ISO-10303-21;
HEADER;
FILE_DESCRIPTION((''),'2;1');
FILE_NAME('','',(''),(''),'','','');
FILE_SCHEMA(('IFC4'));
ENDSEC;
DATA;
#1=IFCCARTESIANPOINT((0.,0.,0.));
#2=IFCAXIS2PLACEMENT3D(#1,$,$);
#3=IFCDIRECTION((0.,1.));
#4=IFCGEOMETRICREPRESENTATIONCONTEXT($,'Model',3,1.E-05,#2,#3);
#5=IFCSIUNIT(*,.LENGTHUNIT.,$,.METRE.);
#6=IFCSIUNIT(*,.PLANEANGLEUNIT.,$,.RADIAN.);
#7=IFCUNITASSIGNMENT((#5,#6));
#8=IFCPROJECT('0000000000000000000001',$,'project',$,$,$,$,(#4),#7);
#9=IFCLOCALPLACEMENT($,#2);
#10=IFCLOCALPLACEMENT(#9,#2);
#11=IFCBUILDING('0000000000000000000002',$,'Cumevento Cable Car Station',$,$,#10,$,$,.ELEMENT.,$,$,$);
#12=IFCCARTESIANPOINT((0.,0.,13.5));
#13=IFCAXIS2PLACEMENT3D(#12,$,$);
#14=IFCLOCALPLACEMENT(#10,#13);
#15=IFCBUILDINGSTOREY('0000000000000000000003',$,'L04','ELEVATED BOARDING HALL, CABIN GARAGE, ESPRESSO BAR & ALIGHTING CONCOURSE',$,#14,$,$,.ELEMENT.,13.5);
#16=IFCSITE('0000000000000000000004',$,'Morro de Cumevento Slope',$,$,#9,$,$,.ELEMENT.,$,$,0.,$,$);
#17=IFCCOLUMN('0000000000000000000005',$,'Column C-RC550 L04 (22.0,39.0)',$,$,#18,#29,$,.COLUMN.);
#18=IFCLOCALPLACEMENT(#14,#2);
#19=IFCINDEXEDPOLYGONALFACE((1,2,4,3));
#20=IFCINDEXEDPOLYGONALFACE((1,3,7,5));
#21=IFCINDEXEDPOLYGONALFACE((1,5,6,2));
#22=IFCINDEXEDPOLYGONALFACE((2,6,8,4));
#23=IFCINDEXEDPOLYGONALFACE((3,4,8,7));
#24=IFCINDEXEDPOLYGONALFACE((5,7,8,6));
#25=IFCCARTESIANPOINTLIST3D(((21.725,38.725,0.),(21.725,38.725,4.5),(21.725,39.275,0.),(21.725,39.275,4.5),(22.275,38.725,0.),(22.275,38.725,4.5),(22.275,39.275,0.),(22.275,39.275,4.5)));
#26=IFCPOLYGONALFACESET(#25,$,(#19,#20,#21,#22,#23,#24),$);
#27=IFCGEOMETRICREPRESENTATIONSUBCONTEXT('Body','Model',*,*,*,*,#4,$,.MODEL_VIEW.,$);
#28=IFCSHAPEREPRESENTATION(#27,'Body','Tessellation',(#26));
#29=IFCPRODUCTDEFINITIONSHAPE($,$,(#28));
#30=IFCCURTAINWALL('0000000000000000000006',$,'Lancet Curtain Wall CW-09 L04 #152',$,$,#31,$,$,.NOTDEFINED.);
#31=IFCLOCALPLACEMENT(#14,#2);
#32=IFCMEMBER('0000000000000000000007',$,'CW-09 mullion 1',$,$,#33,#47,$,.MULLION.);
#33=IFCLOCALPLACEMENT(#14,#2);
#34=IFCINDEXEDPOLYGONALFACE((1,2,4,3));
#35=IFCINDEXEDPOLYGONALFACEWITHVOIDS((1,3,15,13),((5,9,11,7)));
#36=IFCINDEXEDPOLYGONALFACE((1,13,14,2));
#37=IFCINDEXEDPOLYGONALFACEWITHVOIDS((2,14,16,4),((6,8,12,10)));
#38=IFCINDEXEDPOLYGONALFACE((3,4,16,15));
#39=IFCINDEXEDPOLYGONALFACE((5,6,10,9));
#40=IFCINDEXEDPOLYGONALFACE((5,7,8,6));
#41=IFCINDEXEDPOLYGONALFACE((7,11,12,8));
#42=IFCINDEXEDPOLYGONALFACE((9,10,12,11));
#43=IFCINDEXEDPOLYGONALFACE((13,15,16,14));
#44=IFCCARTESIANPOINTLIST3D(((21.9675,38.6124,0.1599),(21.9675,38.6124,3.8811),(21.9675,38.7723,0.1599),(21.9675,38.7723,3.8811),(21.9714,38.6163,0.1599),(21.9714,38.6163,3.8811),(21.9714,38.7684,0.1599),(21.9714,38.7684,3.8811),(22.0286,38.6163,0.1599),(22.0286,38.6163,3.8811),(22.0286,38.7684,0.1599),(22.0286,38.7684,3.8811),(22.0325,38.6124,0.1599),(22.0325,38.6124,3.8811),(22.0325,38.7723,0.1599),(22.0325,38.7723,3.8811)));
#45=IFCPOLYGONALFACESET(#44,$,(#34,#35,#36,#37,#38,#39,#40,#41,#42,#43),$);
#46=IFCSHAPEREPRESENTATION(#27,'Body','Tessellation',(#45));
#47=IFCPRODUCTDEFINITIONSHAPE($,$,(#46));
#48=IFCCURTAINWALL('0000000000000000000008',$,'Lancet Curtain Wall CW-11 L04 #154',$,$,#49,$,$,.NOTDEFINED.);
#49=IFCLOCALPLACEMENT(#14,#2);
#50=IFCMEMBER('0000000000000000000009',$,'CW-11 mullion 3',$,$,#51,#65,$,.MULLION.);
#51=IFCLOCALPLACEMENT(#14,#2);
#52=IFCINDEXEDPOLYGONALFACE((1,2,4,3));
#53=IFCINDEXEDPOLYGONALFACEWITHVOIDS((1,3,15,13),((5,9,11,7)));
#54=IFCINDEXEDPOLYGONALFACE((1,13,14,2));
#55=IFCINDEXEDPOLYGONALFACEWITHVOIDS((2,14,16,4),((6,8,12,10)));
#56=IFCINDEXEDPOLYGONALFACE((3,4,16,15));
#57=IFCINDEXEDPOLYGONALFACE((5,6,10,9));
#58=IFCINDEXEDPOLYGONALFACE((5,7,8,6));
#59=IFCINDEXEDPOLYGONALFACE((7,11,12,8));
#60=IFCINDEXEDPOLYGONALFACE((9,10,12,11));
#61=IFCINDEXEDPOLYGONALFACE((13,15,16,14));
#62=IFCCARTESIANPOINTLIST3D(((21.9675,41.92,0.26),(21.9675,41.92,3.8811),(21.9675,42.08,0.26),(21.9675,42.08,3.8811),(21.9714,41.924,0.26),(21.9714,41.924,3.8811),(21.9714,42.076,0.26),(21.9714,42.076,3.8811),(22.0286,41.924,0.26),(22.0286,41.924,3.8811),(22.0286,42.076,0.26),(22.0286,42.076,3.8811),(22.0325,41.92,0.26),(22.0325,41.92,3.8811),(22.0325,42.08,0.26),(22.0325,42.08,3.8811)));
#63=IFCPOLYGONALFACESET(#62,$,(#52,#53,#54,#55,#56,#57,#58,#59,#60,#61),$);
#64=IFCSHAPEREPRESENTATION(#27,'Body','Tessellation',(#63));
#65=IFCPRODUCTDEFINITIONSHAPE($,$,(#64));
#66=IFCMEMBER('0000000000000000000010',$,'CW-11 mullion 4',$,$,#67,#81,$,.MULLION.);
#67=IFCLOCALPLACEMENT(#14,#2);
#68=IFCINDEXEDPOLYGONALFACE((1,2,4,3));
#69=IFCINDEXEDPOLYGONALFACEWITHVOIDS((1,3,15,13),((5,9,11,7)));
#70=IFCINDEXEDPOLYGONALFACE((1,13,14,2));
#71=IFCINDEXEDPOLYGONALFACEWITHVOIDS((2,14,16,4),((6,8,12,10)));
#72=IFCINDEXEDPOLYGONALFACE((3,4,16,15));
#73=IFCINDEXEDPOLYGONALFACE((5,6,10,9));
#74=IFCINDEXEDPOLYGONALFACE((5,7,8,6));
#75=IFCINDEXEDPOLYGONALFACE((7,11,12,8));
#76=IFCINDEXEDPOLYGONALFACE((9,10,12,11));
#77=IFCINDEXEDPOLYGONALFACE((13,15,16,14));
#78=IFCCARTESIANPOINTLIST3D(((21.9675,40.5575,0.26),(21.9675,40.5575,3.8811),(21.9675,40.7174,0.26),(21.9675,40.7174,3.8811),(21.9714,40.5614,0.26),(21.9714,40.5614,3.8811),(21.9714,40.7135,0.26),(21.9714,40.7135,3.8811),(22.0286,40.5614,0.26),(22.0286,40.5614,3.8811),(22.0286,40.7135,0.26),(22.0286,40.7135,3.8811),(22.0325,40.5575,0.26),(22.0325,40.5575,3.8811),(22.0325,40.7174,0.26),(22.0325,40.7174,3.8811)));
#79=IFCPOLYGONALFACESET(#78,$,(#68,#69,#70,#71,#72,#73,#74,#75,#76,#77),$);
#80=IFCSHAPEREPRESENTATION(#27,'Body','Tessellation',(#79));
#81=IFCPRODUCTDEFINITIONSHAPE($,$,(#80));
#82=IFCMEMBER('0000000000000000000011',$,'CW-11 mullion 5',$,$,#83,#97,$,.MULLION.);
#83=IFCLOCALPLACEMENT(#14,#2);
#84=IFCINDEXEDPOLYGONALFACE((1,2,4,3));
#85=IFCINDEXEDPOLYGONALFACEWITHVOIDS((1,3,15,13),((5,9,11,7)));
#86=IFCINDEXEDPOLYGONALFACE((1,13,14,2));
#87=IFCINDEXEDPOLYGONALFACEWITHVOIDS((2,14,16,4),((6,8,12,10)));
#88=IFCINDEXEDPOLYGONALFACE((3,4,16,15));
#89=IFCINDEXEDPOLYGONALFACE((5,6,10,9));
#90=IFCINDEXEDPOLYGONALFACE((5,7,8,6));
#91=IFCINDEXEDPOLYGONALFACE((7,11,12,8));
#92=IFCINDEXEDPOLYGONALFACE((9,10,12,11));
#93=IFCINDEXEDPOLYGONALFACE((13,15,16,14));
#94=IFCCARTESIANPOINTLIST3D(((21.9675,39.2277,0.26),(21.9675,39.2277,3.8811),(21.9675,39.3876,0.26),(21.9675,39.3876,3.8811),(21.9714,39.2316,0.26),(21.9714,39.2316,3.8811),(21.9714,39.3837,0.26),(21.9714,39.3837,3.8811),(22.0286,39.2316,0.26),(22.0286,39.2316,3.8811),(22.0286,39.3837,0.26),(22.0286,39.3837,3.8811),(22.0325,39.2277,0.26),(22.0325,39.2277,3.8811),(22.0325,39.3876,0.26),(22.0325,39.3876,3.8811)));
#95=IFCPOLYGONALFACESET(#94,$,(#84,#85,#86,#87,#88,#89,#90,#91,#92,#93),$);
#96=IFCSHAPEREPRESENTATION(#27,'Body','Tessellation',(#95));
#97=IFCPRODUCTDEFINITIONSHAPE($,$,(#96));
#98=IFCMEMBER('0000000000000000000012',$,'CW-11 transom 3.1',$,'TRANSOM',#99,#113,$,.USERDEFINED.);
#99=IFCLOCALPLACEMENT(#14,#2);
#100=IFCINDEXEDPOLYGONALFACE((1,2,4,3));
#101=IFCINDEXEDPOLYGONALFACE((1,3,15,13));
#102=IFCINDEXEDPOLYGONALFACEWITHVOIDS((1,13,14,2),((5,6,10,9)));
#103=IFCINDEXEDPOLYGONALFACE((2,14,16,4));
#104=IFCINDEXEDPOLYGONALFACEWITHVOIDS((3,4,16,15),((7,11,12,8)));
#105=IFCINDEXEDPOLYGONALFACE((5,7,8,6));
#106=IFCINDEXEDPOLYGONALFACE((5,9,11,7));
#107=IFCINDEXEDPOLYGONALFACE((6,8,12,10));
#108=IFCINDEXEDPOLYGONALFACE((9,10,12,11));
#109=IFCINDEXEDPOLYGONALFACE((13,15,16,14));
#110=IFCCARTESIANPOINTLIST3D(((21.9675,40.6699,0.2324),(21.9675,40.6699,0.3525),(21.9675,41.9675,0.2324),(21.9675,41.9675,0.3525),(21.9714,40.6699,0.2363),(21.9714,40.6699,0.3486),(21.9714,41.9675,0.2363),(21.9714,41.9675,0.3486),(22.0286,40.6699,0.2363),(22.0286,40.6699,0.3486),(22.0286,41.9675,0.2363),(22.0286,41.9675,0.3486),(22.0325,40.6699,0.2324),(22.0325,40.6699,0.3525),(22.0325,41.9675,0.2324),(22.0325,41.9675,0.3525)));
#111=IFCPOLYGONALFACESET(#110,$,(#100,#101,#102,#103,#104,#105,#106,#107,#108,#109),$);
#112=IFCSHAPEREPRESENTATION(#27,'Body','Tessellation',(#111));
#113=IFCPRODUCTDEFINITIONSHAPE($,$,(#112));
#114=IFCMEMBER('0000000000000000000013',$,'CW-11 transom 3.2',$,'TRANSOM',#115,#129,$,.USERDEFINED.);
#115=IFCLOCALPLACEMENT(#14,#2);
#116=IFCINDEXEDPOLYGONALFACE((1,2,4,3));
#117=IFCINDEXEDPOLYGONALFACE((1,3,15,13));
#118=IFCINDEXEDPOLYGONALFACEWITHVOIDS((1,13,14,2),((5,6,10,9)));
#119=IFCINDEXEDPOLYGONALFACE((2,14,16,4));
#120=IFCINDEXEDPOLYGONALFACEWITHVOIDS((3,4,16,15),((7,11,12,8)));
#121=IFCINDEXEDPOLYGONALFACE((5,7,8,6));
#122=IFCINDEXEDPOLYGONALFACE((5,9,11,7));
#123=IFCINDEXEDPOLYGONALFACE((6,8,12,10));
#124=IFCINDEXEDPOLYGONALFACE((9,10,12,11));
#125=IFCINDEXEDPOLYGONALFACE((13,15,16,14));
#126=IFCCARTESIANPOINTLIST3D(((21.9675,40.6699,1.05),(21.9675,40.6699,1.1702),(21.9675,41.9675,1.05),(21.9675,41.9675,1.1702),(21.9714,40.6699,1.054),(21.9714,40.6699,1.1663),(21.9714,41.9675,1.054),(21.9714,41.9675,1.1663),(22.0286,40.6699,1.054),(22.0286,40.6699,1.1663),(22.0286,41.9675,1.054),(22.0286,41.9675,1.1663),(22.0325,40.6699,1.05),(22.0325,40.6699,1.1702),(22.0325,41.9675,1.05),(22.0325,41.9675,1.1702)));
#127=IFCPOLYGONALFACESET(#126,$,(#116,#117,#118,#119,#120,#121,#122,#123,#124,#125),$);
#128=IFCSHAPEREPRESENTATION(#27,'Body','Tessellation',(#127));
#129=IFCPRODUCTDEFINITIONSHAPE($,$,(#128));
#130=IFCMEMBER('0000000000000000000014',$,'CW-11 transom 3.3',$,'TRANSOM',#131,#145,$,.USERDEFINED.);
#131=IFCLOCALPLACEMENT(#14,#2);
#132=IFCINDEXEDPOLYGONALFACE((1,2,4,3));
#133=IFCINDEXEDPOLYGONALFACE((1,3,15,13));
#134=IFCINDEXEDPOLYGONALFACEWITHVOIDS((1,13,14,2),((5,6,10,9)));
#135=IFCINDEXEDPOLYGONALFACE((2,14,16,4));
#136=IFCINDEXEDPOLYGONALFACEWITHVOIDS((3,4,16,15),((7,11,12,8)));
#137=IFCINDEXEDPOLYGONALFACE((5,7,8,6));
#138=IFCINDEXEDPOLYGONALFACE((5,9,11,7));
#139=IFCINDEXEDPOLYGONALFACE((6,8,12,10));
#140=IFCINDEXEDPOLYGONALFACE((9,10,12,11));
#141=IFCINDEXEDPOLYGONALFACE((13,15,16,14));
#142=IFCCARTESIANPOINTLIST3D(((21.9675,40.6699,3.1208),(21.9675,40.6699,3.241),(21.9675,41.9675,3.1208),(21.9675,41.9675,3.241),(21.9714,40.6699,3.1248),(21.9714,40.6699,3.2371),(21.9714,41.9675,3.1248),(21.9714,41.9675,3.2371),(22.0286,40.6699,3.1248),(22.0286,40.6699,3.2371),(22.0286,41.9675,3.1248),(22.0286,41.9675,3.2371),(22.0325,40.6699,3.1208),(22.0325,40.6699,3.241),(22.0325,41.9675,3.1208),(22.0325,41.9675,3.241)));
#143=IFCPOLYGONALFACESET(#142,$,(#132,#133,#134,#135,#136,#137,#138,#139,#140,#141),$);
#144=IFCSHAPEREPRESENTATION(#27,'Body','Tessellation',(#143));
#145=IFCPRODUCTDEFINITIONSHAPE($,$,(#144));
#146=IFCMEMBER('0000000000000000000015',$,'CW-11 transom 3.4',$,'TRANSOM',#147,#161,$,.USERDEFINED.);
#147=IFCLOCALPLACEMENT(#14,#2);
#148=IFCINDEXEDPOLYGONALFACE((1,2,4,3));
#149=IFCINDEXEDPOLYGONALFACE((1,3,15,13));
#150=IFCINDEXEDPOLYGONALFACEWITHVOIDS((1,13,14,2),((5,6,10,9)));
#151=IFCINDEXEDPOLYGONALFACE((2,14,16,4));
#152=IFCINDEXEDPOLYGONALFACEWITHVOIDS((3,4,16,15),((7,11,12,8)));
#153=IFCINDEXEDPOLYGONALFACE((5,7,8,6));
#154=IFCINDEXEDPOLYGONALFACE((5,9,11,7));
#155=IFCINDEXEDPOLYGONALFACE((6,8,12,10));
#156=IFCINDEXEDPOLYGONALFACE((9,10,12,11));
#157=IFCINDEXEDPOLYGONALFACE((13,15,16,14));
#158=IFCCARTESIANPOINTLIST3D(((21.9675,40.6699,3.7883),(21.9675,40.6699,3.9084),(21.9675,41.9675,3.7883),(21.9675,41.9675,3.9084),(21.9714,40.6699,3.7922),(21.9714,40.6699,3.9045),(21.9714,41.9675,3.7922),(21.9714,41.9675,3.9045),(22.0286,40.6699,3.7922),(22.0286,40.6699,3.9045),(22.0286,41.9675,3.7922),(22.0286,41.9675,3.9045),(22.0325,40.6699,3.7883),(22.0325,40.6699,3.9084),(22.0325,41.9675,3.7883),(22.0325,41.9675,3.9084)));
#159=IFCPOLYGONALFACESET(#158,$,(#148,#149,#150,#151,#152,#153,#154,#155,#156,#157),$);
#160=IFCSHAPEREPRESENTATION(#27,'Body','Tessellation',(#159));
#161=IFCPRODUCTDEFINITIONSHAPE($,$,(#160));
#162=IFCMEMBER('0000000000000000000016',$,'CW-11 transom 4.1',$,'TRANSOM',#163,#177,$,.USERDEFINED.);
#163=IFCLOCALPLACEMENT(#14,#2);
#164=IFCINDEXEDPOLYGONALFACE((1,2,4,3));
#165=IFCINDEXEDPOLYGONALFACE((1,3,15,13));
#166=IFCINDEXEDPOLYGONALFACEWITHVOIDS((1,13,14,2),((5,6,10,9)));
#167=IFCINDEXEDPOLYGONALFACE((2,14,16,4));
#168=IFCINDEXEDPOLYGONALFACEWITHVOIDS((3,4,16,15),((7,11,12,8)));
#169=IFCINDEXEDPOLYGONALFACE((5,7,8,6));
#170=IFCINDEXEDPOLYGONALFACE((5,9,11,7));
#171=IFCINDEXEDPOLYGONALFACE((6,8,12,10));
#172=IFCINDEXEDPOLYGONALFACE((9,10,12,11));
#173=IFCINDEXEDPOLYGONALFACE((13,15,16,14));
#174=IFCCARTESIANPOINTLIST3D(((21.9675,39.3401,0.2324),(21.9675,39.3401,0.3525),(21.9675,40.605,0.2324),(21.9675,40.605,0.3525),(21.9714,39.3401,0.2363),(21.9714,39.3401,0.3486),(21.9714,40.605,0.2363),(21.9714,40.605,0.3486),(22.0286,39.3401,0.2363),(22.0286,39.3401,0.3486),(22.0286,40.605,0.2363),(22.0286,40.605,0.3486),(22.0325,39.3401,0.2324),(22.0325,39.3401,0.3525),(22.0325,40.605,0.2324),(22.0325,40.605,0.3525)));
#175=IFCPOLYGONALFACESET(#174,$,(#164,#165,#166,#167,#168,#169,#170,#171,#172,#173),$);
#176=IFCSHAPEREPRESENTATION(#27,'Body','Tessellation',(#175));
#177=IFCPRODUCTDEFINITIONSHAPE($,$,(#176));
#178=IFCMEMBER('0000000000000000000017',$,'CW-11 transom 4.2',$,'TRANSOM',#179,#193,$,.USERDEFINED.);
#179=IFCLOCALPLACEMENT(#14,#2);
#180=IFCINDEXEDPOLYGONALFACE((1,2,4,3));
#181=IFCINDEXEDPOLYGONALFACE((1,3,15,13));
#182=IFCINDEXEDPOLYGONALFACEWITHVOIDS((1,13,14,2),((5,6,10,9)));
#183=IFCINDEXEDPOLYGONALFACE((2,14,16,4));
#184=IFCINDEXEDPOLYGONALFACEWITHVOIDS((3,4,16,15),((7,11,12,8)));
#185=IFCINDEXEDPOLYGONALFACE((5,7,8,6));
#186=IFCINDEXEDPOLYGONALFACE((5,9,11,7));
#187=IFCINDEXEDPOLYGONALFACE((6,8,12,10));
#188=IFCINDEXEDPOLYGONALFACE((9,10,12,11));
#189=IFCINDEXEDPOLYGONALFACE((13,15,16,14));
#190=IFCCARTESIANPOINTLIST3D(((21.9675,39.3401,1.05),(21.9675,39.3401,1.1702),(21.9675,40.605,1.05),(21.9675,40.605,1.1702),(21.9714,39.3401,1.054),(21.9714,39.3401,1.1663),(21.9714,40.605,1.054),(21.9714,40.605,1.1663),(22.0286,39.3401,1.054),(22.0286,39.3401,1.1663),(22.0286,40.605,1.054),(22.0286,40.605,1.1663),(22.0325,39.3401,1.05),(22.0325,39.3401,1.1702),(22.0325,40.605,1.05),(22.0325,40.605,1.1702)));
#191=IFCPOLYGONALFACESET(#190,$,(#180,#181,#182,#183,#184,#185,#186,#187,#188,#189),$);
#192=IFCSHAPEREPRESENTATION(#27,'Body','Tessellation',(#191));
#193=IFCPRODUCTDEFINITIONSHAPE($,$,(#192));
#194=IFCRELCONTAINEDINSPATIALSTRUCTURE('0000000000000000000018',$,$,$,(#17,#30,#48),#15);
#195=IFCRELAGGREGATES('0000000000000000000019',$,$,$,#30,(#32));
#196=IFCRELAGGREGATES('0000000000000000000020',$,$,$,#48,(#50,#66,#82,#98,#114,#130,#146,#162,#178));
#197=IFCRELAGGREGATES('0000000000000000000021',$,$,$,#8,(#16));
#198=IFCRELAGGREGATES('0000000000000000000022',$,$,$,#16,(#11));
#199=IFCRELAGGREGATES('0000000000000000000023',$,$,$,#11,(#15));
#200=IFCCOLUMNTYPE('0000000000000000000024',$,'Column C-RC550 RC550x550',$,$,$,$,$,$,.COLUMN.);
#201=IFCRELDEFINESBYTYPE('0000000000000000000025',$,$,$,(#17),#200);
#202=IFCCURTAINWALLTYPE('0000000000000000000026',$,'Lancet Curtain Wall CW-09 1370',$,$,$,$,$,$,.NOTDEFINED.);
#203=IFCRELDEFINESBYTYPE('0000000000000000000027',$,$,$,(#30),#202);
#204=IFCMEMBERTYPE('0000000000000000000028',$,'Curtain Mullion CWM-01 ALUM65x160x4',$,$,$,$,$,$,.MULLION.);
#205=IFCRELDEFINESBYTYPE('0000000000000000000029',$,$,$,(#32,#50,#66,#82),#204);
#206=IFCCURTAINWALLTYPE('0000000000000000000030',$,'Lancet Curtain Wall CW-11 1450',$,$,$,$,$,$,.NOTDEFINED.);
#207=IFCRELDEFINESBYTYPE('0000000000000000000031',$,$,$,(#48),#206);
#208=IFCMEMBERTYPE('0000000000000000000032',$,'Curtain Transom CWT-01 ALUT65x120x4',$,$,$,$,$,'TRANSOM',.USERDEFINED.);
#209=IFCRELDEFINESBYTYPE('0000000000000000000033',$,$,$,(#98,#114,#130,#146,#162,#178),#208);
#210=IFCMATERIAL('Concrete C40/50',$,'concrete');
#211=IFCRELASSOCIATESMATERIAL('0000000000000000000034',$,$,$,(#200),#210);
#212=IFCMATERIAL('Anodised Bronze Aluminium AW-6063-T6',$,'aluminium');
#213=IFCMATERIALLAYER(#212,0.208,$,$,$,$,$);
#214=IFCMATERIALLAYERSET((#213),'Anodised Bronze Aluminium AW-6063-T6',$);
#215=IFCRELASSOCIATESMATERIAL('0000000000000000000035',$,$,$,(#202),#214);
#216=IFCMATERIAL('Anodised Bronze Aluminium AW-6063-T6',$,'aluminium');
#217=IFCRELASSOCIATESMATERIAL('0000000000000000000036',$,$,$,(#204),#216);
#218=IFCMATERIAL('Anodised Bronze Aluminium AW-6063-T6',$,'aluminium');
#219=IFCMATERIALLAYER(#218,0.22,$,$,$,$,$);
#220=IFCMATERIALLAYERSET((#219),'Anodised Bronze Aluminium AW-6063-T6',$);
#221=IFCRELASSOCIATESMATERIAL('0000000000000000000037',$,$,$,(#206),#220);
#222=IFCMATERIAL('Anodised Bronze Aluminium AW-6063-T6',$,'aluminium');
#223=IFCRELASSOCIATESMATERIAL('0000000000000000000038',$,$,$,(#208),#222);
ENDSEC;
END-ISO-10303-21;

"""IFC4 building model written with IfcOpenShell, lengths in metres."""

from ifc_helpers import new_model, si_unit, direction, frame, origin, origin_2d, place, context, subcontext, project, spatial, rectangle, hollow_rectangle, extrude, material, layer, layer_set, material_profile, profile_set, type_object, element, aggregate, save


model = new_model("IFC4")

# Units and contexts
model_context = context("Model", 3, precision=1e-05, world=origin(), true_north=direction((0.0, 1.0)))
body_context = subcontext(model_context, "Body", "Model", "MODEL_VIEW")
ifc_project = project(units=[si_unit("LENGTHUNIT", "METRE"), si_unit("PLANEANGLEUNIT", "RADIAN")], contexts=[model_context])

# Site, building, storey
site_placement = place(None, origin())
site = spatial("IfcSite", under=ifc_project, at=site_placement, Name="Morro de Cumevento Slope", CompositionType="ELEMENT", RefElevation=0.0)
building_placement = place(site_placement, origin())
building = spatial("IfcBuilding", under=site, at=building_placement, Name="Cumevento Cable Car Station", CompositionType="ELEMENT")
storey_placement = place(building_placement, frame((0.0, 0.0, 13.5)))
storey = spatial("IfcBuildingStorey", under=building, at=storey_placement, Name="L04", Description="ELEVATED BOARDING HALL, CABIN GARAGE, ESPRESSO BAR & ALIGHTING CONCOURSE", CompositionType="ELEMENT", Elevation=13.5)

# Column
ifc_material_1 = material(Name="Concrete C40/50", Category="concrete")
ifc_material_profile_1 = material_profile(ifc_material_1, rectangle(XDim=0.55, YDim=0.55, at=origin_2d()), Name="RC550x550")
ifc_profile_set_1 = profile_set([ifc_material_profile_1], Name="Concrete C40/50")
column_type = type_object("IfcColumnType", Name="Column C-RC550 RC550x550", PredefinedType="COLUMN", material=ifc_profile_set_1)
column_placement = place(storey_placement, frame((22.0, 39.0, 0.0), z_axis=(0.0, 0.0, 1.0), x_axis=(1.0, 0.0, 0.0)))
element("IfcColumn", 1, at=column_placement, inside=storey, type_object=column_type, Name="Column C-RC550 L04 (22.0,39.0)", PredefinedType="COLUMN", context=body_context, shape_type="SweptSolid", body=[
    extrude(rectangle(XDim=0.55, YDim=0.55, at=origin_2d()), origin(), (0.0, 0.0, 1.0), 4.5),
])

# Curtain wall, member
ifc_material_2 = material(Name="Anodised Bronze Aluminium AW-6063-T6", Category="aluminium")
ifc_layer_1 = layer(ifc_material_2, 0.208)
ifc_layer_set_1 = layer_set([ifc_layer_1], Name="Anodised Bronze Aluminium AW-6063-T6")
curtain_wall_type_1 = type_object("IfcCurtainWallType", Name="Lancet Curtain Wall CW-09 1370", PredefinedType="NOTDEFINED", material=ifc_layer_set_1)
curtain_wall_1_placement = place(storey_placement, origin())
curtain_wall_1 = element("IfcCurtainWall", 2, at=curtain_wall_1_placement, inside=storey, type_object=curtain_wall_type_1, Name="Lancet Curtain Wall CW-09 L04 #152", PredefinedType="NOTDEFINED")
ifc_material_3 = material(Name="Anodised Bronze Aluminium AW-6063-T6", Category="aluminium")
ifc_material_profile_2 = material_profile(ifc_material_3, hollow_rectangle(XDim=0.0649, YDim=0.1599, WallThickness=0.0039, at=origin_2d()), Name="ALUM65x160x4")
ifc_profile_set_2 = profile_set([ifc_material_profile_2], Name="Anodised Bronze Aluminium AW-6063-T6")
member_type_1 = type_object("IfcMemberType", Name="Curtain Mullion CWM-01 ALUM65x160x4", PredefinedType="MULLION", material=ifc_profile_set_2)
member_1_placement = place(storey_placement, frame((22.0, 38.6924, 0.1599), z_axis=(0.0, 0.0, 1.0), x_axis=(1.0, 0.0, 0.0)))
member_1 = element("IfcMember", 3, at=member_1_placement, type_object=member_type_1, Name="CW-09 mullion 1", PredefinedType="MULLION", context=body_context, shape_type="SweptSolid", body=[
    extrude(hollow_rectangle(XDim=0.0649, YDim=0.1599, WallThickness=0.0039, at=origin_2d()), origin(), (0.0, 0.0, 1.0), 3.7212),
])
aggregate(curtain_wall_1, [member_1])

# Curtain wall, members
ifc_material_4 = material(Name="Anodised Bronze Aluminium AW-6063-T6", Category="aluminium")
ifc_layer_2 = layer(ifc_material_4, 0.22)
ifc_layer_set_2 = layer_set([ifc_layer_2], Name="Anodised Bronze Aluminium AW-6063-T6")
curtain_wall_type_2 = type_object("IfcCurtainWallType", Name="Lancet Curtain Wall CW-11 1450", PredefinedType="NOTDEFINED", material=ifc_layer_set_2)
curtain_wall_2_placement = place(storey_placement, origin())
curtain_wall_2 = element("IfcCurtainWall", 4, at=curtain_wall_2_placement, inside=storey, type_object=curtain_wall_type_2, Name="Lancet Curtain Wall CW-11 L04 #154", PredefinedType="NOTDEFINED")
member_2_placement = place(storey_placement, frame((22.0, 42.0, 0.26), z_axis=(0.0, 0.0, 1.0), x_axis=(1.0, 0.0, 0.0)))
member_2 = element("IfcMember", 5, at=member_2_placement, type_object=member_type_1, Name="CW-11 mullion 3", PredefinedType="MULLION", context=body_context, shape_type="SweptSolid", body=[
    extrude(hollow_rectangle(XDim=0.0649, YDim=0.1599, WallThickness=0.0039, at=origin_2d()), origin(), (0.0, 0.0, 1.0), 3.6211),
])
member_3_placement = place(storey_placement, frame((22.0, 40.6375, 0.26), z_axis=(0.0, 0.0, 1.0), x_axis=(1.0, 0.0, 0.0)))
member_3 = element("IfcMember", 6, at=member_3_placement, type_object=member_type_1, Name="CW-11 mullion 4", PredefinedType="MULLION", context=body_context, shape_type="SweptSolid", body=[
    extrude(hollow_rectangle(XDim=0.0649, YDim=0.1599, WallThickness=0.0039, at=origin_2d()), origin(), (0.0, 0.0, 1.0), 3.6211),
])
member_4_placement = place(storey_placement, frame((22.0, 39.3076, 0.26), z_axis=(0.0, 0.0, 1.0), x_axis=(1.0, 0.0, 0.0)))
member_4 = element("IfcMember", 7, at=member_4_placement, type_object=member_type_1, Name="CW-11 mullion 5", PredefinedType="MULLION", context=body_context, shape_type="SweptSolid", body=[
    extrude(hollow_rectangle(XDim=0.0649, YDim=0.1599, WallThickness=0.0039, at=origin_2d()), origin(), (0.0, 0.0, 1.0), 3.6211),
])
ifc_material_5 = material(Name="Anodised Bronze Aluminium AW-6063-T6", Category="aluminium")
ifc_material_profile_3 = material_profile(ifc_material_5, hollow_rectangle(XDim=0.0649, YDim=0.1201, WallThickness=0.0039, at=origin_2d()), Name="ALUT65x120x4")
ifc_profile_set_3 = profile_set([ifc_material_profile_3], Name="Anodised Bronze Aluminium AW-6063-T6")
member_type_2 = type_object("IfcMemberType", Name="Curtain Transom CWT-01 ALUT65x120x4", ElementType="TRANSOM", PredefinedType="USERDEFINED", material=ifc_profile_set_3)
member_5_placement = place(storey_placement, frame((22.0, 41.9675, 0.2925), z_axis=(0.0, -1.0, 0.0), x_axis=(1.0, 0.0, 0.0)))
member_5 = element("IfcMember", 8, at=member_5_placement, type_object=member_type_2, Name="CW-11 transom 3.1", ObjectType="TRANSOM", PredefinedType="USERDEFINED", context=body_context, shape_type="SweptSolid", body=[
    extrude(hollow_rectangle(XDim=0.0649, YDim=0.1201, WallThickness=0.0039, at=origin_2d()), origin(), (0.0, 0.0, 1.0), 1.2976),
])
member_6_placement = place(storey_placement, frame((22.0, 41.9675, 1.1101), z_axis=(0.0, -1.0, 0.0), x_axis=(1.0, 0.0, 0.0)))
member_6 = element("IfcMember", 9, at=member_6_placement, type_object=member_type_2, Name="CW-11 transom 3.2", ObjectType="TRANSOM", PredefinedType="USERDEFINED", context=body_context, shape_type="SweptSolid", body=[
    extrude(hollow_rectangle(XDim=0.0649, YDim=0.1201, WallThickness=0.0039, at=origin_2d()), origin(), (0.0, 0.0, 1.0), 1.2976),
])
member_7_placement = place(storey_placement, frame((22.0, 41.9675, 3.1809), z_axis=(0.0, -1.0, 0.0), x_axis=(1.0, 0.0, 0.0)))
member_7 = element("IfcMember", 10, at=member_7_placement, type_object=member_type_2, Name="CW-11 transom 3.3", ObjectType="TRANSOM", PredefinedType="USERDEFINED", context=body_context, shape_type="SweptSolid", body=[
    extrude(hollow_rectangle(XDim=0.0649, YDim=0.1201, WallThickness=0.0039, at=origin_2d()), origin(), (0.0, 0.0, 1.0), 1.2976),
])
member_8_placement = place(storey_placement, frame((22.0, 41.9675, 3.8484), z_axis=(0.0, -1.0, 0.0), x_axis=(1.0, 0.0, 0.0)))
member_8 = element("IfcMember", 11, at=member_8_placement, type_object=member_type_2, Name="CW-11 transom 3.4", ObjectType="TRANSOM", PredefinedType="USERDEFINED", context=body_context, shape_type="SweptSolid", body=[
    extrude(hollow_rectangle(XDim=0.0649, YDim=0.1201, WallThickness=0.0039, at=origin_2d()), origin(), (0.0, 0.0, 1.0), 1.2976),
])
member_9_placement = place(storey_placement, frame((22.0, 40.605, 0.2925), z_axis=(0.0, -1.0, 0.0), x_axis=(1.0, 0.0, 0.0)))
member_9 = element("IfcMember", 12, at=member_9_placement, type_object=member_type_2, Name="CW-11 transom 4.1", ObjectType="TRANSOM", PredefinedType="USERDEFINED", context=body_context, shape_type="SweptSolid", body=[
    extrude(hollow_rectangle(XDim=0.0649, YDim=0.1201, WallThickness=0.0039, at=origin_2d()), origin(), (0.0, 0.0, 1.0), 1.2649),
])
member_10_placement = place(storey_placement, frame((22.0, 40.605, 1.1101), z_axis=(0.0, -1.0, 0.0), x_axis=(1.0, 0.0, 0.0)))
member_10 = element("IfcMember", 13, at=member_10_placement, type_object=member_type_2, Name="CW-11 transom 4.2", ObjectType="TRANSOM", PredefinedType="USERDEFINED", context=body_context, shape_type="SweptSolid", body=[
    extrude(hollow_rectangle(XDim=0.0649, YDim=0.1201, WallThickness=0.0039, at=origin_2d()), origin(), (0.0, 0.0, 1.0), 1.2649),
])

aggregate(curtain_wall_2, [member_2, member_3, member_4, member_5, member_6, member_7, member_8, member_9, member_10])

save(model, "model.ifc")
